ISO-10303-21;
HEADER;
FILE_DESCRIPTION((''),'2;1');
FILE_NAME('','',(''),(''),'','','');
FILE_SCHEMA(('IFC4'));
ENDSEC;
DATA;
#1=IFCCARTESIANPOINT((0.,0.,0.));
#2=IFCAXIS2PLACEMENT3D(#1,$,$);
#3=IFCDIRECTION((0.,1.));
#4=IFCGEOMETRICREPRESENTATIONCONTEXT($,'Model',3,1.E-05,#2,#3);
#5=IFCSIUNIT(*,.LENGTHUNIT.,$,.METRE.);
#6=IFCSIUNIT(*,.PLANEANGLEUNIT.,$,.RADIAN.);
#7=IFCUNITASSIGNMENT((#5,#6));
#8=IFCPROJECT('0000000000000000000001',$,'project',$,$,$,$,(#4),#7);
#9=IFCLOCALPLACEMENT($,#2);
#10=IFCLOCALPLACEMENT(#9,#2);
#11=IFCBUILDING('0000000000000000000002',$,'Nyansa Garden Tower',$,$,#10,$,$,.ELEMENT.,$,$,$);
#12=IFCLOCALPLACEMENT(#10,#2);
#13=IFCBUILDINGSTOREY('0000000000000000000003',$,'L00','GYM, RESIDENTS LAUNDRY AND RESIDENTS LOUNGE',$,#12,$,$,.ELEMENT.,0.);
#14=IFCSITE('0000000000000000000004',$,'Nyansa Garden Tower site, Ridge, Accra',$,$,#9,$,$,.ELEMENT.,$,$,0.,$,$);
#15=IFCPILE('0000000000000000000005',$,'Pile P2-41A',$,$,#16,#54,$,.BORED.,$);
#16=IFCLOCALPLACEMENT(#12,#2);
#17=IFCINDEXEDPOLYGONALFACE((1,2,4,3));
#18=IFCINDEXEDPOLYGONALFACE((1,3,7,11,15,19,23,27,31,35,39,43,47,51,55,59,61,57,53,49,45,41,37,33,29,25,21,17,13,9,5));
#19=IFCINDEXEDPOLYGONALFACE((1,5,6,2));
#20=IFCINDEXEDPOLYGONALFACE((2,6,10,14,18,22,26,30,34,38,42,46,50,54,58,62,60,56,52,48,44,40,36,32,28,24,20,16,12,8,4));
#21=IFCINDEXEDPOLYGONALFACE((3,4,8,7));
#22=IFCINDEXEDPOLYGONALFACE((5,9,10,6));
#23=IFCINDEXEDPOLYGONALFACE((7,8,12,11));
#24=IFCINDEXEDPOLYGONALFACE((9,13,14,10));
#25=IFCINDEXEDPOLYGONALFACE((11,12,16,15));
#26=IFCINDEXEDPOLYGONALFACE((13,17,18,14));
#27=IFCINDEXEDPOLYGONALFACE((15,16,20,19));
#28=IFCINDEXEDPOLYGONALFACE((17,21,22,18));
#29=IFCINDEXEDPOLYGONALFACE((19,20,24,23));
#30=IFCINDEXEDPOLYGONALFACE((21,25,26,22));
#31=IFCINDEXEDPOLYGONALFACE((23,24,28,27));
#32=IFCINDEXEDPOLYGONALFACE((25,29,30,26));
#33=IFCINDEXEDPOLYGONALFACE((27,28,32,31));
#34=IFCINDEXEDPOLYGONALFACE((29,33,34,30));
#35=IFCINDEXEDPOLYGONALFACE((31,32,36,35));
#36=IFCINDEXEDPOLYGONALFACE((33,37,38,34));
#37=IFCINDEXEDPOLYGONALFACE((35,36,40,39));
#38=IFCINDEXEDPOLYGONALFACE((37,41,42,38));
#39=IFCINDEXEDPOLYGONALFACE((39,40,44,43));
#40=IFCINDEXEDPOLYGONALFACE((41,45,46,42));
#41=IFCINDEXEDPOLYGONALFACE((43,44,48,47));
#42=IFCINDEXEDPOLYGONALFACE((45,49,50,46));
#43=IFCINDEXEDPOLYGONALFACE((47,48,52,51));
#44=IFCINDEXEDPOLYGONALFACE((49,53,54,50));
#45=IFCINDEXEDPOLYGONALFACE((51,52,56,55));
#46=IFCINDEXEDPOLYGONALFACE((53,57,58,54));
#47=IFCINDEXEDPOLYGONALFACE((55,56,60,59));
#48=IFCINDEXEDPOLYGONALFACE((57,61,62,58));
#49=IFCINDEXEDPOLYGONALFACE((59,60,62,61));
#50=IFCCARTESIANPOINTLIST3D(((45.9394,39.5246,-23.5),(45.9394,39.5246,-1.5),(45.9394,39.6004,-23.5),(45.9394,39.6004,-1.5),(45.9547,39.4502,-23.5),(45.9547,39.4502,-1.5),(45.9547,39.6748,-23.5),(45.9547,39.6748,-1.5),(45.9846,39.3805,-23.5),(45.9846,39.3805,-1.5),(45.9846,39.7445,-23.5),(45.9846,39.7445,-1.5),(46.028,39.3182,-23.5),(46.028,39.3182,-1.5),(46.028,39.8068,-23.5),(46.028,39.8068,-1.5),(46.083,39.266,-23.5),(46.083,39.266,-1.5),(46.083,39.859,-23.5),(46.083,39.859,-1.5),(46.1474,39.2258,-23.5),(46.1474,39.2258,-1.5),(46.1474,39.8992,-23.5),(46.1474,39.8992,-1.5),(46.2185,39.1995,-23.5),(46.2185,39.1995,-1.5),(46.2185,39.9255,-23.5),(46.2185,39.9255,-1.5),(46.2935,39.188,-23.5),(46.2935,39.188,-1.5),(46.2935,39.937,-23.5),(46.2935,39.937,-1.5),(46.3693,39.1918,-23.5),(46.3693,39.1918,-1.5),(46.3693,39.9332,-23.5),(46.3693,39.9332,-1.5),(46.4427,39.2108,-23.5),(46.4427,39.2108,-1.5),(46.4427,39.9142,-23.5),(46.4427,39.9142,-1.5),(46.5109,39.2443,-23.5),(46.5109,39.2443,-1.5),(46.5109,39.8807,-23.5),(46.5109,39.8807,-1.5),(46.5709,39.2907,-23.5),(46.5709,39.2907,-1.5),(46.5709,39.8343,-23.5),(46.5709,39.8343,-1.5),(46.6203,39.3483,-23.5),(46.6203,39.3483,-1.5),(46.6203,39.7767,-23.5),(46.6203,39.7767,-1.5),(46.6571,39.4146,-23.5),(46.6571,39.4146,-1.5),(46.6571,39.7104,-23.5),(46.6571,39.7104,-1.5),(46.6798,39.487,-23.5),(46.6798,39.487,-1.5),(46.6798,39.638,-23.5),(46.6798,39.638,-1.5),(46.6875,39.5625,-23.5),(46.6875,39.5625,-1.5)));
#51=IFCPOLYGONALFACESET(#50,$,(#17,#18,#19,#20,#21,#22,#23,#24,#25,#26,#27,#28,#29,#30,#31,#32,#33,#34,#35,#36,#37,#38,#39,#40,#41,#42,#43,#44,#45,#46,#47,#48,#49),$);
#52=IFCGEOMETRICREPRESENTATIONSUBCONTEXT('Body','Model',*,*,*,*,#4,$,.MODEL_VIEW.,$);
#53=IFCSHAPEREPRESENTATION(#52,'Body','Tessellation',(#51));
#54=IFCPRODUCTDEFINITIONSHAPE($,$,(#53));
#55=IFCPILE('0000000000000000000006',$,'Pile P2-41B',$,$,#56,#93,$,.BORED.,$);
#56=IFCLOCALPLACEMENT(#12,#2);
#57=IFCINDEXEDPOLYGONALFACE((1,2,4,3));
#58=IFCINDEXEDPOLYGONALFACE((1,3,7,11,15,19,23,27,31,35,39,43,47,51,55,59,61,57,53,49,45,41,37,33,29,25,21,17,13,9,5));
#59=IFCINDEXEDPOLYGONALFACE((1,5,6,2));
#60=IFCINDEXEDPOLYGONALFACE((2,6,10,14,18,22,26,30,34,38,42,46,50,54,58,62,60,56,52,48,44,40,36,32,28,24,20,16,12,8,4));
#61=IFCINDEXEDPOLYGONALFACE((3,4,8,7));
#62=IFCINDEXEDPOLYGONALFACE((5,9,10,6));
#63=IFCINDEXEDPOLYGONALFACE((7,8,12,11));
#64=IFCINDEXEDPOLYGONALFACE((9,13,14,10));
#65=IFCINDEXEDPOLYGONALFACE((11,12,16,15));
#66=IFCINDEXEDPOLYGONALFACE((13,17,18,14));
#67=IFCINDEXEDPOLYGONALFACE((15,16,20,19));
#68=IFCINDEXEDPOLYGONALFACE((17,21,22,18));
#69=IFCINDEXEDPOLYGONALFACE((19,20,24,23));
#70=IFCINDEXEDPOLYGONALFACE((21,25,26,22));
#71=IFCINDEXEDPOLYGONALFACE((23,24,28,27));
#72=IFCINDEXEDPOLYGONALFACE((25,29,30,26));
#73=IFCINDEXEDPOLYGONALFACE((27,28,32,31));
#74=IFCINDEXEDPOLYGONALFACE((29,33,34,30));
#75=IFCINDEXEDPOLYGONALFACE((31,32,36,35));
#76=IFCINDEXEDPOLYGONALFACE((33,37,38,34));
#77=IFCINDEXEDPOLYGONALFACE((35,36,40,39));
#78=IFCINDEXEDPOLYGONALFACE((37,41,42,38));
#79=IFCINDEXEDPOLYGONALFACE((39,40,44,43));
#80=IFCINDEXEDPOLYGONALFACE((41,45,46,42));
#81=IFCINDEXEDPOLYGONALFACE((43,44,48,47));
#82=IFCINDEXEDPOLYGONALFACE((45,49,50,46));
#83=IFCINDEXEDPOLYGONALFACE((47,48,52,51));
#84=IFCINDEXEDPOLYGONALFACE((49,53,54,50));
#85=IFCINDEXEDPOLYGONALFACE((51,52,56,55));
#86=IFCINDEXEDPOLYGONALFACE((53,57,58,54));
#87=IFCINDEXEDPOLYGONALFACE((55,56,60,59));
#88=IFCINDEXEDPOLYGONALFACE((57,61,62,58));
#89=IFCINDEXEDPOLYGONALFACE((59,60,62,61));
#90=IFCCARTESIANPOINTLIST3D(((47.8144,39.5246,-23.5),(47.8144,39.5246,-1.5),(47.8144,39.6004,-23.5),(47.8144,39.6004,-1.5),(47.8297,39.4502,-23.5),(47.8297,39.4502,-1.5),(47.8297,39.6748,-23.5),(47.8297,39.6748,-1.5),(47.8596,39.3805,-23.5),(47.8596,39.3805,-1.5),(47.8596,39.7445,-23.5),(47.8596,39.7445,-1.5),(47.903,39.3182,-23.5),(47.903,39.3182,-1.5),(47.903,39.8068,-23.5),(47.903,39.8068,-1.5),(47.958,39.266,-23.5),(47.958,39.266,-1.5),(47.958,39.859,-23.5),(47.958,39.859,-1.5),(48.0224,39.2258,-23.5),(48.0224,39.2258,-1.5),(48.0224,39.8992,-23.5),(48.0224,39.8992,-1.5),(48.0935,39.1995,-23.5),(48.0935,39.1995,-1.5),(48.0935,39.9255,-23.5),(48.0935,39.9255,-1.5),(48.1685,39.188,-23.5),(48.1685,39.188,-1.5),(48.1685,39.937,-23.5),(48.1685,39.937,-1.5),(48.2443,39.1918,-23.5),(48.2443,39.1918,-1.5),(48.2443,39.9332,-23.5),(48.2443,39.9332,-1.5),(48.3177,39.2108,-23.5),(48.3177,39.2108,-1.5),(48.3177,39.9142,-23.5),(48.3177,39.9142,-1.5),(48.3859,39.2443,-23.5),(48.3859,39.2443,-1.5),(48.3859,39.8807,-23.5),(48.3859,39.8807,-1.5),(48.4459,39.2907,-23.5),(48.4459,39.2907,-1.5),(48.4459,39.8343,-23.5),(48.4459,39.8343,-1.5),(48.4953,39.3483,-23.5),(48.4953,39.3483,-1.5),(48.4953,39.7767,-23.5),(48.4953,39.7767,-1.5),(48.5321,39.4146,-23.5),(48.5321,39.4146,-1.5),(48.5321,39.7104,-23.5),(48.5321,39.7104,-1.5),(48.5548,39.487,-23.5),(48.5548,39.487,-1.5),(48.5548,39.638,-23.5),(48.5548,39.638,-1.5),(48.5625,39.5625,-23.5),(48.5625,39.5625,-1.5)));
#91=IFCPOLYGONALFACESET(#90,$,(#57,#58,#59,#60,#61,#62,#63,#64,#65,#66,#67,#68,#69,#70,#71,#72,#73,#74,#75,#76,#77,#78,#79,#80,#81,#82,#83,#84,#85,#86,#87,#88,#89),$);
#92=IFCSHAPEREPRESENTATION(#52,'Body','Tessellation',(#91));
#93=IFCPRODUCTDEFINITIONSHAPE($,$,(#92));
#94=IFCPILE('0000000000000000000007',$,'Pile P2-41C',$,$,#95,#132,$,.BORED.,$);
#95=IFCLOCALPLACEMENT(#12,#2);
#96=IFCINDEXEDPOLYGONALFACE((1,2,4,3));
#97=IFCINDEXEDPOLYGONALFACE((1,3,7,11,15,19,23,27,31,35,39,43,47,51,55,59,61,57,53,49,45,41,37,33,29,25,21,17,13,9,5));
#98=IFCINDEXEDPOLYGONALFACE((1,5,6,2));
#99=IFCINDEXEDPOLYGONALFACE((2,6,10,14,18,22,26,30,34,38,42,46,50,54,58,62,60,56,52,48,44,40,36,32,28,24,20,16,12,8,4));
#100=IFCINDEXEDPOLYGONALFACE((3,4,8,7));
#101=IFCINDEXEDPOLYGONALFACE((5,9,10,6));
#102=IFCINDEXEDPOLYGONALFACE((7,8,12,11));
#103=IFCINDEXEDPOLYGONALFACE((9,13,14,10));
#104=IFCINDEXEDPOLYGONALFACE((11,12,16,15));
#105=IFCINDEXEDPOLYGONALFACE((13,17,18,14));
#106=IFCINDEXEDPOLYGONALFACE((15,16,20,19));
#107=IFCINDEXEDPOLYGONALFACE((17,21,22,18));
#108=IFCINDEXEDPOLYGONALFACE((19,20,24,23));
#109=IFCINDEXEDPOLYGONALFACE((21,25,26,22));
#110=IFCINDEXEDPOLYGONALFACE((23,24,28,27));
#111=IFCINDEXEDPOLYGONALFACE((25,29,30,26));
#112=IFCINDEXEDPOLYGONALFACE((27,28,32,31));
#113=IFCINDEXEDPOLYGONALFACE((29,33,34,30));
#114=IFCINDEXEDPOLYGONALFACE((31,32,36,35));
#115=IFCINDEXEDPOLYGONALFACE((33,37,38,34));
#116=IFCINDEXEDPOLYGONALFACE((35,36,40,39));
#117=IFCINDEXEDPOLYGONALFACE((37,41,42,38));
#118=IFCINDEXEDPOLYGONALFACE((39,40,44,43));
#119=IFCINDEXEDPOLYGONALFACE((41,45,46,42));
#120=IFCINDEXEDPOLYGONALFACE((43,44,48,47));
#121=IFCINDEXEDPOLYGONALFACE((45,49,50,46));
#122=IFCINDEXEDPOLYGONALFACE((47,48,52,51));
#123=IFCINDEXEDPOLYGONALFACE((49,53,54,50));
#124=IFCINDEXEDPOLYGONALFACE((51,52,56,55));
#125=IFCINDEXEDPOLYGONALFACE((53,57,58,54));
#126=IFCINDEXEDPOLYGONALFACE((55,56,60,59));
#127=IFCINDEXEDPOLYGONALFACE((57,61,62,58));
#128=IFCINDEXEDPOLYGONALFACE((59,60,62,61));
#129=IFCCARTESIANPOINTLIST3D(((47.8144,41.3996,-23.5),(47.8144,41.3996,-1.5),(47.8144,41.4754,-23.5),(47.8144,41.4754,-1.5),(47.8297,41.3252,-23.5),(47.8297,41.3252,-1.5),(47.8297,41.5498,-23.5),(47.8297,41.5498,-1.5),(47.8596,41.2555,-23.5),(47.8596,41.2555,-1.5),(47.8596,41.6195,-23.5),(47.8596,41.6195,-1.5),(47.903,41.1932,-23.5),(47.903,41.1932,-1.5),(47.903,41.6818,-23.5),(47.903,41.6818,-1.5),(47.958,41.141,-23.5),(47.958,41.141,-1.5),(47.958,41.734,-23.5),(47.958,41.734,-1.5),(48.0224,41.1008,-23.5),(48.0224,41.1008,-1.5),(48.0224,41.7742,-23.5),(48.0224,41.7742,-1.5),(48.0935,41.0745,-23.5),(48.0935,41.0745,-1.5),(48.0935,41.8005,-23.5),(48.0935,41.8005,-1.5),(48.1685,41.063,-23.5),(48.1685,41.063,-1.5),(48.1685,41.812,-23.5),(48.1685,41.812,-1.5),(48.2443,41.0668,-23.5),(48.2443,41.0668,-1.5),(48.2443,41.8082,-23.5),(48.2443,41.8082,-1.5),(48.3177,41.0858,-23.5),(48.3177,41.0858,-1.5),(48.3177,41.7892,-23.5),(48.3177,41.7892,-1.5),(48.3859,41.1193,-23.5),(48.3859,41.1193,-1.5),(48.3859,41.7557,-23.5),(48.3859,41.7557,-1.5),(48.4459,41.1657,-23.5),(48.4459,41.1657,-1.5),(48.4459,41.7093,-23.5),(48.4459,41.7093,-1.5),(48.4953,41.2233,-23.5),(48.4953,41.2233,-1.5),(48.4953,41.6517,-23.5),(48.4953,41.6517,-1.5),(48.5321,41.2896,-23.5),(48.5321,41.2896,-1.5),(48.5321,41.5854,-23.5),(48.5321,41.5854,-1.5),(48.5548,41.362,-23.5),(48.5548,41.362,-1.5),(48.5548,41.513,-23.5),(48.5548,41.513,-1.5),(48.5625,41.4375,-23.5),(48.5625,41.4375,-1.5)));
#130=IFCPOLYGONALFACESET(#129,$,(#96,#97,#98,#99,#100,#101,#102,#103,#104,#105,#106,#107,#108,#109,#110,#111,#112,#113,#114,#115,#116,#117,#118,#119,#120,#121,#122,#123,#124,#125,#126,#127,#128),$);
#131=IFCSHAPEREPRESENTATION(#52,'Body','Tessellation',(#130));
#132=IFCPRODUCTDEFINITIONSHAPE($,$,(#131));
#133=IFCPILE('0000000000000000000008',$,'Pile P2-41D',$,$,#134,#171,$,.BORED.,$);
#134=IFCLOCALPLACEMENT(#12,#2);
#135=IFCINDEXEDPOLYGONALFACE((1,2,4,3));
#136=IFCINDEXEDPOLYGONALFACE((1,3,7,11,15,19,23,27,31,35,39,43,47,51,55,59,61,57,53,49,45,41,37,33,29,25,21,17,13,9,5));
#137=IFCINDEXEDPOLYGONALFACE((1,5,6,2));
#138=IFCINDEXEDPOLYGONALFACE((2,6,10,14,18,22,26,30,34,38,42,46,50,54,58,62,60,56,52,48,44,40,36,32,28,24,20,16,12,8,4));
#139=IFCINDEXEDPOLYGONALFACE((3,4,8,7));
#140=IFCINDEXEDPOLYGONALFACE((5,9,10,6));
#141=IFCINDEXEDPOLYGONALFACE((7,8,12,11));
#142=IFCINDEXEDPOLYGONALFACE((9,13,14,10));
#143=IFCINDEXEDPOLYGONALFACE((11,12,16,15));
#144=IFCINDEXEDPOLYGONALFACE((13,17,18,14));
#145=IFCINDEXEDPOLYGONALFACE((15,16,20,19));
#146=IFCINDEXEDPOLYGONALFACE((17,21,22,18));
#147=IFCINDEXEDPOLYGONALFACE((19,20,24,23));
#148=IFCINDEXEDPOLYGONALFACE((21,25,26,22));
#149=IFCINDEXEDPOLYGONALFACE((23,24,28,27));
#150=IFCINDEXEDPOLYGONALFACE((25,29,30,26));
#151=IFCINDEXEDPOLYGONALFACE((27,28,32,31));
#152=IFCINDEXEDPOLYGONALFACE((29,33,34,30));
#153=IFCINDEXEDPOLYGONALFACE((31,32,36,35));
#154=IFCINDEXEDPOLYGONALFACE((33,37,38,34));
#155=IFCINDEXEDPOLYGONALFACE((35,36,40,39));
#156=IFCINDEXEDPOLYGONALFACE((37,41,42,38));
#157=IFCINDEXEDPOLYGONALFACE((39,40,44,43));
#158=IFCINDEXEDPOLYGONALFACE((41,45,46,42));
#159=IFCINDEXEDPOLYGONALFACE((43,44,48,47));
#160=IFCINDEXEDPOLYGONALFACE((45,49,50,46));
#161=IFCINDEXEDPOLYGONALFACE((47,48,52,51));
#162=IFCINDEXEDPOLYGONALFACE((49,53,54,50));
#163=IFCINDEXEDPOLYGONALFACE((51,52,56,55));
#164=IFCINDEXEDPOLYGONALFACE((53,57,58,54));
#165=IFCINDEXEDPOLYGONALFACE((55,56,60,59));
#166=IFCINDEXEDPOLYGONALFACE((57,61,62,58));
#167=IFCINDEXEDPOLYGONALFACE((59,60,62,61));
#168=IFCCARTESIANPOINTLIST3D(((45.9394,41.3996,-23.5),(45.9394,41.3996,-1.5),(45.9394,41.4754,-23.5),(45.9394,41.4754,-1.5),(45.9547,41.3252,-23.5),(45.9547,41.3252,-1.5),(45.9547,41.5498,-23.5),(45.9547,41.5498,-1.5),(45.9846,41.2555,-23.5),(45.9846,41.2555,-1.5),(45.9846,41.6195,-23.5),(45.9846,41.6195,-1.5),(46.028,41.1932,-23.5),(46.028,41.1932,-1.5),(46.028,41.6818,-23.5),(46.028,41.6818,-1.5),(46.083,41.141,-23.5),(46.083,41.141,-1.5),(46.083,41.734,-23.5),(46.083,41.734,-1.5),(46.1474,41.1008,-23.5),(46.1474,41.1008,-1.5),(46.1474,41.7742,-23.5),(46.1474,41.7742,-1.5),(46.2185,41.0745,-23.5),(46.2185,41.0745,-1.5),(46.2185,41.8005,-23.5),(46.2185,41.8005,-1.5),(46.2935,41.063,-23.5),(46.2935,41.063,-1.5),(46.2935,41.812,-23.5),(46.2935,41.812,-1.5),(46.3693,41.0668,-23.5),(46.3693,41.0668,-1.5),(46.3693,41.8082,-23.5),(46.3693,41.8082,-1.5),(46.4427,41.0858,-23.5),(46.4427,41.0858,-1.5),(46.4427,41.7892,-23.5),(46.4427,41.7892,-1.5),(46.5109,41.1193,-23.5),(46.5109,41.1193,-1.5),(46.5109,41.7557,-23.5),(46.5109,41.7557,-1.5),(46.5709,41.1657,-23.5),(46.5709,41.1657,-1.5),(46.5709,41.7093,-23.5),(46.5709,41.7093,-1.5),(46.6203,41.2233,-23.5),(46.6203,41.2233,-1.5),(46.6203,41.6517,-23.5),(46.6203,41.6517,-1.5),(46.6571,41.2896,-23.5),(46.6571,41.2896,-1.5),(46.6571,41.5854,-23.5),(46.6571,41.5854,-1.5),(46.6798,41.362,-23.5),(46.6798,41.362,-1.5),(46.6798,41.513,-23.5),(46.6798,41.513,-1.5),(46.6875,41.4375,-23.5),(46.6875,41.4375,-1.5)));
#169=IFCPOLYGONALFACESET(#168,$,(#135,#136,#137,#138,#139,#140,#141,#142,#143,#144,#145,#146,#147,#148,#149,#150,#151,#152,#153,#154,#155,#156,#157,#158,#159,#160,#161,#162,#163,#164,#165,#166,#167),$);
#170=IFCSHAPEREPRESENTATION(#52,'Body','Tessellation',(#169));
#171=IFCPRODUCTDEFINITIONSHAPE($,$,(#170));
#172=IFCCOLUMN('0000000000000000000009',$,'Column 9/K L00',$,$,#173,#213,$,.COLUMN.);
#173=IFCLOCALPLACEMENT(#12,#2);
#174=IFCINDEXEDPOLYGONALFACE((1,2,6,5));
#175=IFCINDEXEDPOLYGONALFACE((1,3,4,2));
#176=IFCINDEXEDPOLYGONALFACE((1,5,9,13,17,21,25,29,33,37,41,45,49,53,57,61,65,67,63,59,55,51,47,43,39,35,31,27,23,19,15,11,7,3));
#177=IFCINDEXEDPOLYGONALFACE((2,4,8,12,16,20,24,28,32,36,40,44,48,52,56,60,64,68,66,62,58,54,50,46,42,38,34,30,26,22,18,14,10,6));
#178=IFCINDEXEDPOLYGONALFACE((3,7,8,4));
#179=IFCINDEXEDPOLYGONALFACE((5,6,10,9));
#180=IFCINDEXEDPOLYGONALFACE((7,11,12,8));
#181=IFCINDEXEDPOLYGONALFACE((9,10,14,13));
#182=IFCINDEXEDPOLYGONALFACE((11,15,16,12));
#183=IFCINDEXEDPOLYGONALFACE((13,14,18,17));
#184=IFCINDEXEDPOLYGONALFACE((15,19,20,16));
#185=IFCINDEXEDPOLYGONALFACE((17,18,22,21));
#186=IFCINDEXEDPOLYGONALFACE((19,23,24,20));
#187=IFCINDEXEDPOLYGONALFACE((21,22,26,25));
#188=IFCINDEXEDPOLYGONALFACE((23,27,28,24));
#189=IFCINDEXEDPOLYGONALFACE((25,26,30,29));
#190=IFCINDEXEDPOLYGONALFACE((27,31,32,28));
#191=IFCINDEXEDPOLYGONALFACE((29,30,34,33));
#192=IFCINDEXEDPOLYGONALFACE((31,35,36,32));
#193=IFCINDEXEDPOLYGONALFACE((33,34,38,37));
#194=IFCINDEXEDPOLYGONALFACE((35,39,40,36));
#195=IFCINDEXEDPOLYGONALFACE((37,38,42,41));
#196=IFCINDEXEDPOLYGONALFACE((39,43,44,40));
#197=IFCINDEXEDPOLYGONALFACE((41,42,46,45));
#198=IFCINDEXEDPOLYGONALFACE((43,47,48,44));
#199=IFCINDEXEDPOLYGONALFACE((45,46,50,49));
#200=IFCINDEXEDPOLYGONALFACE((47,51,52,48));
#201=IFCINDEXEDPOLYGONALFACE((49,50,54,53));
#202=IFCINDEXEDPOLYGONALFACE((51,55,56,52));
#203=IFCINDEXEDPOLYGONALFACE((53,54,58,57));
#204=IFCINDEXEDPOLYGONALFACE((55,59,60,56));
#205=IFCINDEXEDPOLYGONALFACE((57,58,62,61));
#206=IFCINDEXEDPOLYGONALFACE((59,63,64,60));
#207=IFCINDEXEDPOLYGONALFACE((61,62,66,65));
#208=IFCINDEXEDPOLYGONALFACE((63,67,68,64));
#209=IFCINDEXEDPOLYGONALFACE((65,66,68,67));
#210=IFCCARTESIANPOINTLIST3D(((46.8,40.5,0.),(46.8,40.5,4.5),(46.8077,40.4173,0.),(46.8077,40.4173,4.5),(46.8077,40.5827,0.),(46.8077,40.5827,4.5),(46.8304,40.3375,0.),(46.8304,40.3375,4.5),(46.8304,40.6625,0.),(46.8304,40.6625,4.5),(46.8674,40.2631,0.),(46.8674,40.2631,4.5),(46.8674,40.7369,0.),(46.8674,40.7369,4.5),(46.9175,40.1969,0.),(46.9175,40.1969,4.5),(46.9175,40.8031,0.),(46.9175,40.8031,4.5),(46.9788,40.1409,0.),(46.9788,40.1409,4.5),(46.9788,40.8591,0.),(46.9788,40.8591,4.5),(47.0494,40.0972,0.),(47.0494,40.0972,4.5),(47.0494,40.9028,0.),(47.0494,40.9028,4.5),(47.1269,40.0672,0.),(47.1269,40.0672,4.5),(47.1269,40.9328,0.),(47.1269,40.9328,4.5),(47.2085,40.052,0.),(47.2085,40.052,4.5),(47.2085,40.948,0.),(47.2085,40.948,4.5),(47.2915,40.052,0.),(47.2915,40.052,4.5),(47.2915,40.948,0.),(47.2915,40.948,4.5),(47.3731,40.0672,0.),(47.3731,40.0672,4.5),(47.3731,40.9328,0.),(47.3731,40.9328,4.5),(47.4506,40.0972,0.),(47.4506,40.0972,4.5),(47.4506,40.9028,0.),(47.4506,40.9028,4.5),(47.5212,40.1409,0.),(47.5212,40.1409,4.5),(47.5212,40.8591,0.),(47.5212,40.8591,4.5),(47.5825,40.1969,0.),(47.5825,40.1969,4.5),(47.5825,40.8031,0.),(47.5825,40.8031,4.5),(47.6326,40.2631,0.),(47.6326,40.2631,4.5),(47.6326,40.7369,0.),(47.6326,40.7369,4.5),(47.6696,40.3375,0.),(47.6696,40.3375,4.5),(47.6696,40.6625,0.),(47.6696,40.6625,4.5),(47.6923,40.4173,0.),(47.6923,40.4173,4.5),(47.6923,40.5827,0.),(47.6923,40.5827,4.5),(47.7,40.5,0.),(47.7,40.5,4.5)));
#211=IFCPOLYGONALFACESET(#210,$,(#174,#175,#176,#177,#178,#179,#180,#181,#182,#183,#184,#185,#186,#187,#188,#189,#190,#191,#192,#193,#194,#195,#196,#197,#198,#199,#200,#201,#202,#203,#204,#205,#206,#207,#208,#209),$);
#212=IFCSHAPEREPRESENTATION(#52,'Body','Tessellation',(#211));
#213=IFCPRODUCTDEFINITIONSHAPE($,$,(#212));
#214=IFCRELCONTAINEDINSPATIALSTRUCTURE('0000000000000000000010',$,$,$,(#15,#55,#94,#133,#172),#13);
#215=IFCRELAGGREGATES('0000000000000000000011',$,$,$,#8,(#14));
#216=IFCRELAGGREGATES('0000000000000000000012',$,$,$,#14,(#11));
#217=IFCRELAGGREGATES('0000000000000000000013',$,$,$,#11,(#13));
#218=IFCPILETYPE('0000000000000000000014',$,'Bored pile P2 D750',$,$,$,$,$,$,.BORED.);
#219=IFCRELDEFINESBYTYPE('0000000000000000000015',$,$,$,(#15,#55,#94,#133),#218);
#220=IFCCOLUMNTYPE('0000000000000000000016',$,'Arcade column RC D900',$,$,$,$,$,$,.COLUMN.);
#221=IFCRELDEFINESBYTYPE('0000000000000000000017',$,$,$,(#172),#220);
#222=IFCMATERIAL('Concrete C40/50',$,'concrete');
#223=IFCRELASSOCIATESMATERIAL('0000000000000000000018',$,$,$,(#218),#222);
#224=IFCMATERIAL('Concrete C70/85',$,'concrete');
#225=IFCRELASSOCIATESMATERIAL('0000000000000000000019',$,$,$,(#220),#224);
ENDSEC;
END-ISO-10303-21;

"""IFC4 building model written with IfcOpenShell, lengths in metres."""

from ifc_helpers import new_model, si_unit, direction, frame, origin, origin_2d, place, context, subcontext, project, spatial, circle, extrude, material, material_profile, profile_set, type_object, element, save


model = new_model("IFC4")

# Units and contexts
model_context = context("Model", 3, precision=1e-05, world=origin(), true_north=direction((0.0, 1.0)))
body_context = subcontext(model_context, "Body", "Model", "MODEL_VIEW")
ifc_project = project(units=[si_unit("LENGTHUNIT", "METRE"), si_unit("PLANEANGLEUNIT", "RADIAN")], contexts=[model_context])

# Site, building, storey
site_placement = place(None, origin())
site = spatial("IfcSite", under=ifc_project, at=site_placement, Name="Nyansa Garden Tower site, Ridge, Accra", CompositionType="ELEMENT", RefElevation=0.0)
building_placement = place(site_placement, origin())
building = spatial("IfcBuilding", under=site, at=building_placement, Name="Nyansa Garden Tower", CompositionType="ELEMENT")
storey_placement = place(building_placement, origin())
storey = spatial("IfcBuildingStorey", under=building, at=storey_placement, Name="L00", Description="GYM, RESIDENTS LAUNDRY AND RESIDENTS LOUNGE", CompositionType="ELEMENT", Elevation=0.0)

# Piles
ifc_material_1 = material(Name="Concrete C40/50", Category="concrete")
pile_type_1 = type_object("IfcPileType", Name="Bored pile P2 D750", PredefinedType="BORED", material=ifc_material_1)
for number, where, z_axis, x_axis, name in (
    (1, (46.3125, 39.5625, -1.5), (0.0, 0.0, -1.0), (1.0, 0.0, 0.0), "Pile P2-41A"),
    (2, (48.1875, 39.5625, -1.5), (0.0, 0.0, -1.0), (1.0, 0.0, 0.0), "Pile P2-41B"),
    (3, (48.1875, 41.4375, -1.5), (0.0, 0.0, -1.0), (1.0, 0.0, 0.0), "Pile P2-41C"),
    (4, (46.3125, 41.4375, -1.5), (0.0, 0.0, -1.0), (1.0, 0.0, 0.0), "Pile P2-41D"),
):
    element("IfcPile", number, at=place(storey_placement, frame(where, z_axis=z_axis, x_axis=x_axis)), inside=storey, type_object=pile_type_1, Name=name, PredefinedType="BORED", context=body_context, shape_type="SweptSolid", body=[
        extrude(circle(Radius=0.375, at=origin_2d()), origin(), (0.0, 0.0, 1.0), 22.0),
    ])

# Column
ifc_material_2 = material(Name="Concrete C70/85", Category="concrete")
ifc_material_profile_1 = material_profile(ifc_material_2, circle(Radius=0.45, at=origin_2d()), Name="RC D900")
ifc_profile_set_1 = profile_set([ifc_material_profile_1], Name="Concrete C70/85")
column_type_1 = type_object("IfcColumnType", Name="Arcade column RC D900", PredefinedType="COLUMN", material=ifc_profile_set_1)
column_1_placement = place(storey_placement, frame((47.25, 40.5, 0.0), z_axis=(0.0, 0.0, 1.0), x_axis=(1.0, 0.0, 0.0)))
element("IfcColumn", 5, at=column_1_placement, inside=storey, type_object=column_type_1, Name="Column 9/K L00", PredefinedType="COLUMN", context=body_context, shape_type="SweptSolid", body=[
    extrude(circle(Radius=0.45, at=origin_2d()), origin(), (0.0, 0.0, 1.0), 4.5),
])

save(model, "model.ifc")
